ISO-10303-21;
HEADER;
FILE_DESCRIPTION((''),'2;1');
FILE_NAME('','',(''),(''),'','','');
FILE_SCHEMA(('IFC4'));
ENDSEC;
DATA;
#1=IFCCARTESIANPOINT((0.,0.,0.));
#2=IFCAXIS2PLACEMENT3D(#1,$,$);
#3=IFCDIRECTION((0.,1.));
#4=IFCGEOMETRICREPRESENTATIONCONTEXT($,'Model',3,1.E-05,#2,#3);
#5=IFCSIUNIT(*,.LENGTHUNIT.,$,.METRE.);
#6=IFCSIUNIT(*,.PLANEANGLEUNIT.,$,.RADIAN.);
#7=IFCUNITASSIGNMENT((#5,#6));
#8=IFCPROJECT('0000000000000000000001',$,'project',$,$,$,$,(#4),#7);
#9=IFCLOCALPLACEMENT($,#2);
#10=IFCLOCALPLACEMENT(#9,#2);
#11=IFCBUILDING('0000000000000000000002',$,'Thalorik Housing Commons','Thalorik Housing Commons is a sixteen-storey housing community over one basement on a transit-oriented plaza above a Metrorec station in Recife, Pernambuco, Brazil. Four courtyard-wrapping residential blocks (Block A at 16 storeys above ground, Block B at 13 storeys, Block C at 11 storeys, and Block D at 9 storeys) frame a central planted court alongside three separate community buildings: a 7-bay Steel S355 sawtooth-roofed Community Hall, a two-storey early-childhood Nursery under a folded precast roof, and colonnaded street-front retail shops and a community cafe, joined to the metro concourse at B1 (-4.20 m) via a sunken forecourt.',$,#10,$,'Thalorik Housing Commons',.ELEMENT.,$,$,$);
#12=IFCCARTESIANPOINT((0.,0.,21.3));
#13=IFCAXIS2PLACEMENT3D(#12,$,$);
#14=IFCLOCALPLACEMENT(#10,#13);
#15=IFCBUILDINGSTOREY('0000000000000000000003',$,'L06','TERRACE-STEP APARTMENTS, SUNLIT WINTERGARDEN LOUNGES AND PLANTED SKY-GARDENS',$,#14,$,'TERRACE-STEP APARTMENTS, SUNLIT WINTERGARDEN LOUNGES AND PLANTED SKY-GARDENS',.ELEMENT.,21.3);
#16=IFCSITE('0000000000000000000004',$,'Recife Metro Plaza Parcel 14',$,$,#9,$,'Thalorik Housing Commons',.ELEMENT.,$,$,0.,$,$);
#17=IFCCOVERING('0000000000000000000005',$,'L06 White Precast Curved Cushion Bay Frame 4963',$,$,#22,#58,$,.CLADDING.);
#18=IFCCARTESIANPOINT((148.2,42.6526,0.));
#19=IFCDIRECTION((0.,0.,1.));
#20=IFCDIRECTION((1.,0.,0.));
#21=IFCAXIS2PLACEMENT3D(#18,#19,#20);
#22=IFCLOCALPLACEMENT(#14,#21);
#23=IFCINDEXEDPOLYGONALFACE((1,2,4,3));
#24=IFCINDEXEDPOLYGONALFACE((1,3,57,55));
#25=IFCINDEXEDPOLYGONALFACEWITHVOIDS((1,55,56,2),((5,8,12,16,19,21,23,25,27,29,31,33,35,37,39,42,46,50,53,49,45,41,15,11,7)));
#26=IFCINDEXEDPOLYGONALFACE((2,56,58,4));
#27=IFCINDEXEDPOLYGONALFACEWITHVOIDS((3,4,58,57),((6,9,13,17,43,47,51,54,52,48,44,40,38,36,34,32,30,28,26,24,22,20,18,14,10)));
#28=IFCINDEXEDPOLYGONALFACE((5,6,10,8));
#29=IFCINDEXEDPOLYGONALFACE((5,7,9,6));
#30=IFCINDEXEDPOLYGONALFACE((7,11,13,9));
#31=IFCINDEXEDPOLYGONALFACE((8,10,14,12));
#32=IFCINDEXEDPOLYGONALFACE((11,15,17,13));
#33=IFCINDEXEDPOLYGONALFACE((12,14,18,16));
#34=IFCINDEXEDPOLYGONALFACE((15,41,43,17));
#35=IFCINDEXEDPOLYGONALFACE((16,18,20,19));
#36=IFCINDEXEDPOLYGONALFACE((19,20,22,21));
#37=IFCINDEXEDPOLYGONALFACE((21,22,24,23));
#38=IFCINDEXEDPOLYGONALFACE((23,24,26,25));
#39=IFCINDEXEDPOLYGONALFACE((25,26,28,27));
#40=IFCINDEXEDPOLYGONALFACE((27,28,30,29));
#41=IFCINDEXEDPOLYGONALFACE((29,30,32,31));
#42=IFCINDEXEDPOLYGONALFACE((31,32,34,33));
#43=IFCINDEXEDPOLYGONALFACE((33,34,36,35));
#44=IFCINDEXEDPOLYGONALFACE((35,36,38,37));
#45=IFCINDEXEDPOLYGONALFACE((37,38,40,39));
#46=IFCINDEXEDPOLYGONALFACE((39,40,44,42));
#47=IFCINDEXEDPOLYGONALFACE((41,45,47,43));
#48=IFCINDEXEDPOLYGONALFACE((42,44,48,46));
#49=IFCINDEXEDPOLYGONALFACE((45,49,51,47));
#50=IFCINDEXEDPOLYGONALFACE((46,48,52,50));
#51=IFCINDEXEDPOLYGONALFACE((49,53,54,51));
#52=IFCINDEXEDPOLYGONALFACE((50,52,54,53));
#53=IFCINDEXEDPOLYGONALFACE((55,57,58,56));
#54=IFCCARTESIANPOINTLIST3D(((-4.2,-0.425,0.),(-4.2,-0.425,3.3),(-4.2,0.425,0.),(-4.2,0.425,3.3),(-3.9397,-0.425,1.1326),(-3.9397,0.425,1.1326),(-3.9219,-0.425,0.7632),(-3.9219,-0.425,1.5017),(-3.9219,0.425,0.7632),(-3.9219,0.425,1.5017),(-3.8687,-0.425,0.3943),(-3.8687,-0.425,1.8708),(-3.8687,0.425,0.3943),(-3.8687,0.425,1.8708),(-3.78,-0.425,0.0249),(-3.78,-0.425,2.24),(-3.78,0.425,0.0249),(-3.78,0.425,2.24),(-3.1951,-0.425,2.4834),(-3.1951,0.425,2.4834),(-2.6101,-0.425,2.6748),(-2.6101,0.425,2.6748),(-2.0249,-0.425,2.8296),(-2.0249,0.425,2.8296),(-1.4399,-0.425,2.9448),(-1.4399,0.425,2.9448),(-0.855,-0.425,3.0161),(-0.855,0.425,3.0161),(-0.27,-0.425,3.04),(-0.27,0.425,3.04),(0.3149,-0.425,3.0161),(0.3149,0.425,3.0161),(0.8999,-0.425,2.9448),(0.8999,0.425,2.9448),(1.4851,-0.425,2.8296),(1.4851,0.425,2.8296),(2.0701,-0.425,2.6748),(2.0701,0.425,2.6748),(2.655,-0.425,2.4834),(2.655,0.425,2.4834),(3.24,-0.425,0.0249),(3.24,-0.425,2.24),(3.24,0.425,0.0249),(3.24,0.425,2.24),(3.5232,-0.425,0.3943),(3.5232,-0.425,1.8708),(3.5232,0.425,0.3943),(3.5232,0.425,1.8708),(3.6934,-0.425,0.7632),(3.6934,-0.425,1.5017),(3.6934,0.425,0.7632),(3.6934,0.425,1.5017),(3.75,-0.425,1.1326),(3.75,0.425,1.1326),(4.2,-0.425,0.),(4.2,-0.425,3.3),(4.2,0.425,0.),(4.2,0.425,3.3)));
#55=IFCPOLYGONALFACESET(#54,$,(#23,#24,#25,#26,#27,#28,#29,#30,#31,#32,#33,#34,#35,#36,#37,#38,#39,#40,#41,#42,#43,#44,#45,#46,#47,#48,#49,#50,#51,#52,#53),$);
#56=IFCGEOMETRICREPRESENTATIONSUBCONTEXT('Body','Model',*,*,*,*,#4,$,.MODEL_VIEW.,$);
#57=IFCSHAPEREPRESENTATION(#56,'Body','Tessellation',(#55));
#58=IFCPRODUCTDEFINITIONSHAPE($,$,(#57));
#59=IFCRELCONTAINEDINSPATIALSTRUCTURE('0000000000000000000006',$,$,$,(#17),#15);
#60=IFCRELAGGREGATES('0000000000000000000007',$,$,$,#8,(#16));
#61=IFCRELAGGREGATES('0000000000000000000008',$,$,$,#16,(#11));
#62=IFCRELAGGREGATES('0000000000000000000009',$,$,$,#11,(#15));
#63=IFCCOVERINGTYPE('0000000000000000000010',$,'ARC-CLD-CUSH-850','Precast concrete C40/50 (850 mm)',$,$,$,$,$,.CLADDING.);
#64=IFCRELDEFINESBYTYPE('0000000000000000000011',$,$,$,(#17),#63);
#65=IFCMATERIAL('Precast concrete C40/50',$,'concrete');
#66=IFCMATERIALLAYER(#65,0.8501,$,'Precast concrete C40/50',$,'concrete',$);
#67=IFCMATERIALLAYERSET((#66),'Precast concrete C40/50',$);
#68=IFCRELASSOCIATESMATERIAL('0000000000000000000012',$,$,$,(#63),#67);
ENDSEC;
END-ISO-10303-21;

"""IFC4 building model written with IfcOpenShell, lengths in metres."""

from ifc_helpers import new_model, si_unit, direction, frame, origin, place, context, subcontext, project, spatial, polyline, outline, extrude, material, layer, layer_set, type_object, element, save


model = new_model("IFC4")

# Units and contexts
model_context = context("Model", 3, precision=1e-05, world=origin(), true_north=direction((0.0, 1.0)))
body_context = subcontext(model_context, "Body", "Model", "MODEL_VIEW")
ifc_project = project(units=[si_unit("LENGTHUNIT", "METRE"), si_unit("PLANEANGLEUNIT", "RADIAN")], contexts=[model_context])

# Site, building, storey
site_placement = place(None, origin())
site = spatial("IfcSite", under=ifc_project, at=site_placement, Name="Recife Metro Plaza Parcel 14", LongName="Thalorik Housing Commons", CompositionType="ELEMENT", RefElevation=0.0)
building_placement = place(site_placement, origin())
building = spatial("IfcBuilding", under=site, at=building_placement, Name="Thalorik Housing Commons", Description="Thalorik Housing Commons is a sixteen-storey housing community over one basement on a transit-oriented plaza above a Metrorec station in Recife, Pernambuco, Brazil. Four courtyard-wrapping residential blocks (Block A at 16 storeys above ground, Block B at 13 storeys, Block C at 11 storeys, and Block D at 9 storeys) frame a central planted court alongside three separate community buildings: a 7-bay Steel S355 sawtooth-roofed Community Hall, a two-storey early-childhood Nursery under a folded precast roof, and colonnaded street-front retail shops and a community cafe, joined to the metro concourse at B1 (-4.20 m) via a sunken forecourt.", LongName="Thalorik Housing Commons", CompositionType="ELEMENT")
storey_placement = place(building_placement, frame((0.0, 0.0, 21.3)))
storey = spatial("IfcBuildingStorey", under=building, at=storey_placement, Name="L06", Description="TERRACE-STEP APARTMENTS, SUNLIT WINTERGARDEN LOUNGES AND PLANTED SKY-GARDENS", LongName="TERRACE-STEP APARTMENTS, SUNLIT WINTERGARDEN LOUNGES AND PLANTED SKY-GARDENS", CompositionType="ELEMENT", Elevation=21.3)

# Shared definitions
ifc_material_1 = material(Name="Precast concrete C40/50", Category="concrete")

# Covering
ifc_layer_1 = layer(ifc_material_1, 0.8501, Name="Precast concrete C40/50", Category="concrete")
ifc_layer_set_1 = layer_set([ifc_layer_1], Name="Precast concrete C40/50")
covering_type_1 = type_object("IfcCoveringType", Name="ARC-CLD-CUSH-850", Description="Precast concrete C40/50 (850 mm)", PredefinedType="CLADDING", material=ifc_layer_set_1)
covering_1_placement = place(storey_placement, frame((148.2, 42.6526, 0.0), z_axis=(0.0, 0.0, 1.0), x_axis=(1.0, 0.0, 0.0)))
element("IfcCovering", 1, at=covering_1_placement, inside=storey, type_object=covering_type_1, Name="L06 White Precast Curved Cushion Bay Frame 4963", PredefinedType="CLADDING", context=body_context, shape_type="SweptSolid", body=[
    extrude(outline(polyline([(-4.2, 0.0), (4.2, 0.0), (4.2, 3.3), (-4.2, 3.3), (-4.2, 0.0)]), holes=[polyline([(3.24, 0.0249), (3.5232, 0.3943), (3.6934, 0.7632), (3.75, 1.1326), (3.6934, 1.5017), (3.5232, 1.8708), (3.24, 2.24), (2.655, 2.4834), (2.0701, 2.6748), (1.4851, 2.8296), (0.8999, 2.9448), (0.3149, 3.0161), (-0.27, 3.04), (-0.855, 3.0161), (-1.4399, 2.9448), (-2.0249, 2.8296), (-2.6101, 2.6748), (-3.1951, 2.4834), (-3.78, 2.24), (-3.8687, 1.8708), (-3.9219, 1.5017), (-3.9397, 1.1326), (-3.9219, 0.7632), (-3.8687, 0.3943), (-3.78, 0.0249), (3.24, 0.0249)])]), frame((0.0, 0.425, 0.0), z_axis=(0.0, -1.0, 0.0), x_axis=(1.0, 0.0, 0.0)), (0.0, 0.0, 1.0), 0.8501),
])

save(model, "model.ifc")
